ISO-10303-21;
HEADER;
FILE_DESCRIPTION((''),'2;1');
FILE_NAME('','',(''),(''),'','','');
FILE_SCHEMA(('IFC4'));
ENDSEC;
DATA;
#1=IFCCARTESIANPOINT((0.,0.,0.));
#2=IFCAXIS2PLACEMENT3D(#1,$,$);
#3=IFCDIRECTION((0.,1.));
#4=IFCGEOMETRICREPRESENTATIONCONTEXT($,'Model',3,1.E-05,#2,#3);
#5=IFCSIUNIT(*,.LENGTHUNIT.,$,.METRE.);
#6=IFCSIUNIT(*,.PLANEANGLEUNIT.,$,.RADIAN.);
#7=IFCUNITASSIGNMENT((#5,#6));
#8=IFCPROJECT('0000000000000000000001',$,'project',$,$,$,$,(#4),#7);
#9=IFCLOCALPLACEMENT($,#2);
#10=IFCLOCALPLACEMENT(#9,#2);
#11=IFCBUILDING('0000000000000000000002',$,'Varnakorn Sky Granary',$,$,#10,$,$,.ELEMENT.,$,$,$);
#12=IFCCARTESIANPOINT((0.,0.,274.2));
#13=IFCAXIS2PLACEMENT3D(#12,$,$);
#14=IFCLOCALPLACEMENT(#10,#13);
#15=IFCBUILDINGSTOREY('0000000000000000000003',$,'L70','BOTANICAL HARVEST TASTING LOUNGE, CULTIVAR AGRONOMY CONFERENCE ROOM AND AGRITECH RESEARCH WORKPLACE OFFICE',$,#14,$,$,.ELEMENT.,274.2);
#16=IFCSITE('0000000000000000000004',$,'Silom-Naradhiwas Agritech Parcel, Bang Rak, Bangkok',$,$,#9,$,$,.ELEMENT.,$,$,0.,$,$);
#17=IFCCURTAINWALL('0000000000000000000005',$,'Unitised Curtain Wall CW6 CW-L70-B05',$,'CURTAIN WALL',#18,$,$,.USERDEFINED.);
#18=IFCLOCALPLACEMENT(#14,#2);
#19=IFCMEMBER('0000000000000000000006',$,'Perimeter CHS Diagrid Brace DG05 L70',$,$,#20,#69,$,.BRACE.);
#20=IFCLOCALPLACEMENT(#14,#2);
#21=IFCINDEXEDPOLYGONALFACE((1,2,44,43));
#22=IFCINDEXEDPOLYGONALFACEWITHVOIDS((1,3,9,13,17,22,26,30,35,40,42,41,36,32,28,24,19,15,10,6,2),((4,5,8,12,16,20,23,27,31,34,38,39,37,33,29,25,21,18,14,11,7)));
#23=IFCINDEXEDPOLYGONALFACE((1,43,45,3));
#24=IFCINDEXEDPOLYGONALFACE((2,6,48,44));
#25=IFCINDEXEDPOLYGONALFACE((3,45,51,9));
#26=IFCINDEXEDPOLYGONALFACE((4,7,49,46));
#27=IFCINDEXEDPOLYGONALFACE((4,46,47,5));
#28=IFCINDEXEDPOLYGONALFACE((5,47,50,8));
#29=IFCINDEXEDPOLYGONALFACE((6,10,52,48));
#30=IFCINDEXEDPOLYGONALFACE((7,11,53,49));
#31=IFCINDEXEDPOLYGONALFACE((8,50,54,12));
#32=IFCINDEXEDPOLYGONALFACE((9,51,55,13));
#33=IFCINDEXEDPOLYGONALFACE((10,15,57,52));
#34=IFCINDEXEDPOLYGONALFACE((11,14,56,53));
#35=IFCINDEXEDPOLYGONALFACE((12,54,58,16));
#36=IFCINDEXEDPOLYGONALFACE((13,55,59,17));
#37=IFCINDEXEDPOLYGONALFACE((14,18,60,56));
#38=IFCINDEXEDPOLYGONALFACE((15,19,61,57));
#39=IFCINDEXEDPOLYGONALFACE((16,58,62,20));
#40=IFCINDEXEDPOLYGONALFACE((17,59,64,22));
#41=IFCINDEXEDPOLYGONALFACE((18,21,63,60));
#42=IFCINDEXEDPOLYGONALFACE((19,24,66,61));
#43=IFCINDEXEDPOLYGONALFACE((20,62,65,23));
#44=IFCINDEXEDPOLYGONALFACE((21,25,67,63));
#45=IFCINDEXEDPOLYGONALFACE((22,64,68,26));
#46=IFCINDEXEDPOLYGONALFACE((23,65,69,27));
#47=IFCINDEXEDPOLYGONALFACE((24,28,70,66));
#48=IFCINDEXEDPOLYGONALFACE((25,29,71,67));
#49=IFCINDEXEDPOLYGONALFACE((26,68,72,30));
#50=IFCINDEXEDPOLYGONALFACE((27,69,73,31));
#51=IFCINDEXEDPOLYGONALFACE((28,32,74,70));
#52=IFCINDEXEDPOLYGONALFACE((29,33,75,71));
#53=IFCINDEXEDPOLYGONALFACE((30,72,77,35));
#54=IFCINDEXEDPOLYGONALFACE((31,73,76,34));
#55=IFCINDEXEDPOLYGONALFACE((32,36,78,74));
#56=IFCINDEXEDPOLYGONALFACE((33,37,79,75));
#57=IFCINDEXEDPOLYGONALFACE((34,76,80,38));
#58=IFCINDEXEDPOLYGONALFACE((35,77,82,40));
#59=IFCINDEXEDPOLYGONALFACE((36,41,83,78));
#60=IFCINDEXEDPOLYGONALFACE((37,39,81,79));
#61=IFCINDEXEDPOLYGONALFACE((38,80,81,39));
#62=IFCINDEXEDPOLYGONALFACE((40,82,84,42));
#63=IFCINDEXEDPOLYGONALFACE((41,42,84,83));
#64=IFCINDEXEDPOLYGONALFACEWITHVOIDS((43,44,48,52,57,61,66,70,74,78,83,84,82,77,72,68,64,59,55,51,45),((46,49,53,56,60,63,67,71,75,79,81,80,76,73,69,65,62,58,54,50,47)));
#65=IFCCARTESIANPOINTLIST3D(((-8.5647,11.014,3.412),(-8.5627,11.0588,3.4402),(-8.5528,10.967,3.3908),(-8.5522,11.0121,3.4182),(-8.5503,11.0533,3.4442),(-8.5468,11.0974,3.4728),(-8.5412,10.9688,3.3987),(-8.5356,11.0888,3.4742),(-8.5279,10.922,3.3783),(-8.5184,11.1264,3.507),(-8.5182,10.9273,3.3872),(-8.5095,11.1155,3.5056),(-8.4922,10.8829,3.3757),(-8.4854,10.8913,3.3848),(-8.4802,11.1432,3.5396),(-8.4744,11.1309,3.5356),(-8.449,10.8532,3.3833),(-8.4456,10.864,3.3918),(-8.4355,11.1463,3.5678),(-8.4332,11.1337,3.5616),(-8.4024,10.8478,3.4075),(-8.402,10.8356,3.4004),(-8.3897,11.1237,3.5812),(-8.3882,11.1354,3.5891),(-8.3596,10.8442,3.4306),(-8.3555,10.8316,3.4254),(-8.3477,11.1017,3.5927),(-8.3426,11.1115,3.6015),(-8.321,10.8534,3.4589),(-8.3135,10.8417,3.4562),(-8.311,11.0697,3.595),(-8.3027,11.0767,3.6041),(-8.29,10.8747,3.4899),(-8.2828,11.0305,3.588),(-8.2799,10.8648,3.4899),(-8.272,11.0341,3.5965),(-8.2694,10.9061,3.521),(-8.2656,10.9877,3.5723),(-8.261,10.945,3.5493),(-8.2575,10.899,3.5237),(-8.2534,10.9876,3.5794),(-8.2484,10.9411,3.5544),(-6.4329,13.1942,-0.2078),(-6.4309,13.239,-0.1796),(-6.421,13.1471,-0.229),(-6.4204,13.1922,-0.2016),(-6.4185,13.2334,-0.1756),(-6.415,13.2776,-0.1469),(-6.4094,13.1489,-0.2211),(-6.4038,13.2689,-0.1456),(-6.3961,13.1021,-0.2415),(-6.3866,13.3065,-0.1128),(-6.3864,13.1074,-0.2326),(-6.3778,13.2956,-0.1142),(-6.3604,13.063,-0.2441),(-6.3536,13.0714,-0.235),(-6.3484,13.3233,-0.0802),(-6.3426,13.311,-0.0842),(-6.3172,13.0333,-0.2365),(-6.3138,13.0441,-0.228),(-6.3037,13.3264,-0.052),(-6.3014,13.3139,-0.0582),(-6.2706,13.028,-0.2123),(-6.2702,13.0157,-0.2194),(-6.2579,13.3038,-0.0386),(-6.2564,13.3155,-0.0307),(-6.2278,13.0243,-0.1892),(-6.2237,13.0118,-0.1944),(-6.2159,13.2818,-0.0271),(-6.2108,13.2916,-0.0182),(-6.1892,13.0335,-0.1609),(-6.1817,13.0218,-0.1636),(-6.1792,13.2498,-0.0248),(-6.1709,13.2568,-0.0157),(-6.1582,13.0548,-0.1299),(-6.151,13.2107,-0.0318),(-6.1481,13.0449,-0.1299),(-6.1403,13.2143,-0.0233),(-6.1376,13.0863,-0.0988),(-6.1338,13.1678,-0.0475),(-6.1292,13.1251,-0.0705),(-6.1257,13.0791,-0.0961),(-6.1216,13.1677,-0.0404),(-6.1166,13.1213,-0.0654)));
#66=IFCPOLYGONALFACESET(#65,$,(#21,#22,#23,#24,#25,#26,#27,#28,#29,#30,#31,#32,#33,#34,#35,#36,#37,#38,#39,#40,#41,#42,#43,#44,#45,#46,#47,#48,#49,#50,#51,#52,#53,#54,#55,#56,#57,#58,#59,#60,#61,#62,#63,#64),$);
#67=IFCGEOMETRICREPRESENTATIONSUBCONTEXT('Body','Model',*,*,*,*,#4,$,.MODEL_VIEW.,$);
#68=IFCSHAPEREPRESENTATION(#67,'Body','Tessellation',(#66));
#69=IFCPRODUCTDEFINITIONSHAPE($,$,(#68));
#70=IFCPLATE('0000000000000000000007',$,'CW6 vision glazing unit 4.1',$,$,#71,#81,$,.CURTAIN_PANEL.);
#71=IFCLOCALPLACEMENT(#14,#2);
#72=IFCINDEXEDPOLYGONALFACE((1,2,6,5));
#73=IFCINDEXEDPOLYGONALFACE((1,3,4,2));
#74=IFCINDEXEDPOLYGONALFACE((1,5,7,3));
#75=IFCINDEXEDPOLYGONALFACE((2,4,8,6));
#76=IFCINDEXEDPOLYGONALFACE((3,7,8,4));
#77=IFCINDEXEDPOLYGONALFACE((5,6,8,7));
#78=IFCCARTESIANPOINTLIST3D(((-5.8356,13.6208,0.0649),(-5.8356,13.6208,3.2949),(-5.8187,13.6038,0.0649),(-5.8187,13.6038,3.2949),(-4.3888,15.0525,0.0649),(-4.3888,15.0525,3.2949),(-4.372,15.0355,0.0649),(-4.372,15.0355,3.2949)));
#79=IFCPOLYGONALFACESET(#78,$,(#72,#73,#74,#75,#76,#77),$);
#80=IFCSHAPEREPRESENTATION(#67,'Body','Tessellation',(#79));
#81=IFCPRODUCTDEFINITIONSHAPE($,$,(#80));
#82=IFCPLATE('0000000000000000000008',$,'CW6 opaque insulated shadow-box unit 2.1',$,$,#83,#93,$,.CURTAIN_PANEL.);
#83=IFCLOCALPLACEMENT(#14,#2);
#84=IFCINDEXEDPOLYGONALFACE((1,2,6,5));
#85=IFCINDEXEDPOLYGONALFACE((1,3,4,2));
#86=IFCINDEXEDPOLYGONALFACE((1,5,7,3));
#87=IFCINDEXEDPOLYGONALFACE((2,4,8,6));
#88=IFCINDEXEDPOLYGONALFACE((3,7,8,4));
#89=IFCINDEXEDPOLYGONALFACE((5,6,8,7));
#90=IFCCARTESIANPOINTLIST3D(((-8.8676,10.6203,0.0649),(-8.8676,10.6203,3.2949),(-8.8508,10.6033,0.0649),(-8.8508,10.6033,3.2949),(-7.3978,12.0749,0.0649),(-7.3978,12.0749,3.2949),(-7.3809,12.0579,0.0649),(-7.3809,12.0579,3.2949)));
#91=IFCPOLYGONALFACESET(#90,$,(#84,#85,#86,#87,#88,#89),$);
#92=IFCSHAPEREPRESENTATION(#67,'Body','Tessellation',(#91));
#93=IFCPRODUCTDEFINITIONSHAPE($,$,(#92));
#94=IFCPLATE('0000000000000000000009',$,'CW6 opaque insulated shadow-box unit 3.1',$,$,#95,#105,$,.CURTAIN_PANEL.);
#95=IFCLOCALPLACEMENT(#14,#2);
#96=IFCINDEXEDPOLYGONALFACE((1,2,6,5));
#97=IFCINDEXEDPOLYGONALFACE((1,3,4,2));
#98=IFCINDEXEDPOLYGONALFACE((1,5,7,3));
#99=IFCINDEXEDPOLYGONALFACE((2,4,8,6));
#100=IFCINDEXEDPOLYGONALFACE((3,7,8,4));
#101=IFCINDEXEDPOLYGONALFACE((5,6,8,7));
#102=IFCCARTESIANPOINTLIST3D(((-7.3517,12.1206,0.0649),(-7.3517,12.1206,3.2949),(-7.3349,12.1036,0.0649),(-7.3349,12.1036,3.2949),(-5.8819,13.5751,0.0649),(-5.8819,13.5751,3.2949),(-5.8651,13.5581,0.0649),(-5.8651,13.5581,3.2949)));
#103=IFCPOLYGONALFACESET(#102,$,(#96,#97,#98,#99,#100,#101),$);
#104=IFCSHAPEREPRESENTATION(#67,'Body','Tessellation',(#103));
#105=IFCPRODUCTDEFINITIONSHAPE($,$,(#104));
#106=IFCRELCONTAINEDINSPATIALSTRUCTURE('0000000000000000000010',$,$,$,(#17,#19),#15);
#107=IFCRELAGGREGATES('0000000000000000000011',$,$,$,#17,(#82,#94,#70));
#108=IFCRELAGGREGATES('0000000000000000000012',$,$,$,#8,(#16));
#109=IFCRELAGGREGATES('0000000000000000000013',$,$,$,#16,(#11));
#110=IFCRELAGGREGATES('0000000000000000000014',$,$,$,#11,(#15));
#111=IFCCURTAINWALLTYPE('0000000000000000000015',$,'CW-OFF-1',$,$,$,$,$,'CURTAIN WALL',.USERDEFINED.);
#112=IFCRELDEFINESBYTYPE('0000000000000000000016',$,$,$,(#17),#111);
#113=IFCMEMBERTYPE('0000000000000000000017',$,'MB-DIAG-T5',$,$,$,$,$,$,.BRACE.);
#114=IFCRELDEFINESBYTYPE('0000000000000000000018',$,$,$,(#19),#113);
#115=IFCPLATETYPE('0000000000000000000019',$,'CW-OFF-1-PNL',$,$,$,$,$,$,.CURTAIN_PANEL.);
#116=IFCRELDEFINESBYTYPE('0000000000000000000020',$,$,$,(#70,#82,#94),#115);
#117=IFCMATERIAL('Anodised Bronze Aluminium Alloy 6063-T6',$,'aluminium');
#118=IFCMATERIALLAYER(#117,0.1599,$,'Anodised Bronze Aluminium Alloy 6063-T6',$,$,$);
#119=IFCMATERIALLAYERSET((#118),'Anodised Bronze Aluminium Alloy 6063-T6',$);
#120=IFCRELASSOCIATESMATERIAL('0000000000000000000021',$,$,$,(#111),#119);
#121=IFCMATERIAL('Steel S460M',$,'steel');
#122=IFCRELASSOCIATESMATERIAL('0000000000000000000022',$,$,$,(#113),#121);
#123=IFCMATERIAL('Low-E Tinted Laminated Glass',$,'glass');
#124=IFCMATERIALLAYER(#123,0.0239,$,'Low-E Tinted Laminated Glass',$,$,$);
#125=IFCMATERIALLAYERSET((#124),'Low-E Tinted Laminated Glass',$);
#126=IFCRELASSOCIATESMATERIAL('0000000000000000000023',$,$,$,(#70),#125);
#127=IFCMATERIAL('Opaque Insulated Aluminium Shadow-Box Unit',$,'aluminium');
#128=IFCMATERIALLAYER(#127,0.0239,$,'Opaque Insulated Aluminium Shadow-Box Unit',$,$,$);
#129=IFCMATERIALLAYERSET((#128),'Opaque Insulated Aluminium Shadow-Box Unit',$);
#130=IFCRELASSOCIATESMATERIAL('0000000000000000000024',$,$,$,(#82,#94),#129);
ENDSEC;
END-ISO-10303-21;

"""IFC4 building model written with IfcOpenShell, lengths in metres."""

from ifc_helpers import new_model, si_unit, direction, frame, origin, origin_2d, place, context, subcontext, project, spatial, rectangle, hollow_circle, extrude, source, transform, mapped, material, layer, layer_set, material_profile, profile_set, type_object, type_shapes, element, aggregate, save


model = new_model("IFC4")

# Units and contexts
model_context = context("Model", 3, precision=1e-05, world=origin(), true_north=direction((0.0, 1.0)))
body_context = subcontext(model_context, "Body", "Model", "MODEL_VIEW")
ifc_project = project(units=[si_unit("LENGTHUNIT", "METRE"), si_unit("PLANEANGLEUNIT", "RADIAN")], contexts=[model_context])

# Site, building, storey
site_placement = place(None, origin())
site = spatial("IfcSite", under=ifc_project, at=site_placement, Name="Silom-Naradhiwas Agritech Parcel, Bang Rak, Bangkok", CompositionType="ELEMENT", RefElevation=0.0)
building_placement = place(site_placement, origin())
building = spatial("IfcBuilding", under=site, at=building_placement, Name="Varnakorn Sky Granary", CompositionType="ELEMENT")
storey_placement = place(building_placement, frame((0.0, 0.0, 274.2)))
storey = spatial("IfcBuildingStorey", under=building, at=storey_placement, Name="L70", Description="BOTANICAL HARVEST TASTING LOUNGE, CULTIVAR AGRONOMY CONFERENCE ROOM AND AGRITECH RESEARCH WORKPLACE OFFICE", CompositionType="ELEMENT", Elevation=274.2)

# Shared definitions
ifc_material_1 = material(Name="Steel S460M", Category="steel")

# Shared definitions
ifc_material_2 = material(Name="Anodised Bronze Aluminium Alloy 6063-T6", Category="aluminium")
ifc_layer_1 = layer(ifc_material_2, 0.1599, Name="Anodised Bronze Aluminium Alloy 6063-T6")
ifc_layer_set_1 = layer_set([ifc_layer_1], Name="Anodised Bronze Aluminium Alloy 6063-T6")
curtain_wall_type = type_object("IfcCurtainWallType", Name="CW-OFF-1", ElementType="CURTAIN WALL", PredefinedType="USERDEFINED", material=ifc_layer_set_1)

# Curtain wall
curtain_wall_1_placement = place(storey_placement, origin())
curtain_wall_1 = element("IfcCurtainWall", 1, at=curtain_wall_1_placement, inside=storey, type_object=curtain_wall_type, Name="Unitised Curtain Wall CW6 CW-L70-B05", ObjectType="CURTAIN WALL", PredefinedType="USERDEFINED")

# Member
ifc_material_profile_1 = material_profile(ifc_material_1, hollow_circle(Radius=0.1777, WallThickness=0.0142, at=origin_2d()), Name="CHS 355.6x14")
ifc_profile_set_1 = profile_set([ifc_material_profile_1], Name="Steel S460M")
member_type_1 = type_object("IfcMemberType", Name="MB-DIAG-T5", PredefinedType="BRACE", material=ifc_profile_set_1)
member_1_placement = place(storey_placement, frame((-6.2751, 13.1692, -0.1299), z_axis=(-0.450419, -0.460632, 0.764814), x_axis=(0.714989, -0.699136, 0.0)))
element("IfcMember", 2, at=member_1_placement, inside=storey, type_object=member_type_1, Name="Perimeter CHS Diagrid Brace DG05 L70", PredefinedType="BRACE", context=body_context, shape_type="SweptSolid", body=[
    extrude(hollow_circle(Radius=0.1777, WallThickness=0.0142, at=origin_2d()), origin(), (0.0, 0.0, 1.0), 4.7329),
])

# Plates
ifc_material_3 = material(Name="Low-E Tinted Laminated Glass", Category="glass")
ifc_layer_2 = layer(ifc_material_3, 0.0239, Name="Low-E Tinted Laminated Glass")
ifc_layer_set_2 = layer_set([ifc_layer_2], Name="Low-E Tinted Laminated Glass")
plate_type = type_object("IfcPlateType", Name="CW-OFF-1-PNL", PredefinedType="CURTAIN_PANEL")
shared_shape_1 = source(origin(), body_context, "Body", "SweptSolid", [
    extrude(rectangle(XDim=2.0354, YDim=0.0239, at=origin_2d()), origin(), (0.0, 0.0, 1.0), 3.23),
])
plate_1_placement = place(storey_placement, frame((-5.1038, 14.3281, 0.0649), z_axis=(0.0, 0.0, 1.0), x_axis=(0.710795, 0.703399, 0.0)))
plate_1 = element("IfcPlate", 3, at=plate_1_placement, type_object=plate_type, material=ifc_layer_set_2, Name="CW6 vision glazing unit 4.1", PredefinedType="CURTAIN_PANEL", context=body_context, shape_type="MappedRepresentation", body=[
    mapped(shared_shape_1, transform((0.0, 0.0, 0.0), x_axis=(1.0, 0.0, 0.0), y_axis=(0.0, 1.0, 0.0), z_axis=(0.0, 0.0, 1.0), scale=1.0)),
])
ifc_material_4 = material(Name="Opaque Insulated Aluminium Shadow-Box Unit", Category="aluminium")
ifc_layer_3 = layer(ifc_material_4, 0.0239, Name="Opaque Insulated Aluminium Shadow-Box Unit")
ifc_layer_set_3 = layer_set([ifc_layer_3], Name="Opaque Insulated Aluminium Shadow-Box Unit")
shared_shape_2 = source(origin(), body_context, "Body", "SweptSolid", [
    extrude(rectangle(XDim=2.0679, YDim=0.0239, at=origin_2d()), origin(), (0.0, 0.0, 1.0), 3.23),
])
type_shapes(plate_type, [shared_shape_1, shared_shape_2])
plate_2_placement = place(storey_placement, frame((-8.1243, 11.3391, 0.0649), z_axis=(0.0, 0.0, 1.0), x_axis=(0.710795, 0.703399, 0.0)))
plate_2 = element("IfcPlate", 4, at=plate_2_placement, type_object=plate_type, material=ifc_layer_set_3, Name="CW6 opaque insulated shadow-box unit 2.1", PredefinedType="CURTAIN_PANEL", context=body_context, shape_type="MappedRepresentation", body=[
    mapped(shared_shape_2, transform((0.0, 0.0, 0.0), x_axis=(1.0, 0.0, 0.0), y_axis=(0.0, 1.0, 0.0), z_axis=(0.0, 0.0, 1.0), scale=1.0)),
])
plate_3_placement = place(storey_placement, frame((-6.6084, 12.8394, 0.0649), z_axis=(0.0, 0.0, 1.0), x_axis=(0.710795, 0.703399, 0.0)))
plate_3 = element("IfcPlate", 5, at=plate_3_placement, type_object=plate_type, material=ifc_layer_set_3, Name="CW6 opaque insulated shadow-box unit 3.1", PredefinedType="CURTAIN_PANEL", context=body_context, shape_type="MappedRepresentation", body=[
    mapped(shared_shape_2, transform((0.0, 0.0, 0.0), x_axis=(1.0, 0.0, 0.0), y_axis=(0.0, 1.0, 0.0), z_axis=(0.0, 0.0, 1.0), scale=1.0)),
])
aggregate(curtain_wall_1, [plate_2, plate_3, plate_1])

save(model, "model.ifc")
